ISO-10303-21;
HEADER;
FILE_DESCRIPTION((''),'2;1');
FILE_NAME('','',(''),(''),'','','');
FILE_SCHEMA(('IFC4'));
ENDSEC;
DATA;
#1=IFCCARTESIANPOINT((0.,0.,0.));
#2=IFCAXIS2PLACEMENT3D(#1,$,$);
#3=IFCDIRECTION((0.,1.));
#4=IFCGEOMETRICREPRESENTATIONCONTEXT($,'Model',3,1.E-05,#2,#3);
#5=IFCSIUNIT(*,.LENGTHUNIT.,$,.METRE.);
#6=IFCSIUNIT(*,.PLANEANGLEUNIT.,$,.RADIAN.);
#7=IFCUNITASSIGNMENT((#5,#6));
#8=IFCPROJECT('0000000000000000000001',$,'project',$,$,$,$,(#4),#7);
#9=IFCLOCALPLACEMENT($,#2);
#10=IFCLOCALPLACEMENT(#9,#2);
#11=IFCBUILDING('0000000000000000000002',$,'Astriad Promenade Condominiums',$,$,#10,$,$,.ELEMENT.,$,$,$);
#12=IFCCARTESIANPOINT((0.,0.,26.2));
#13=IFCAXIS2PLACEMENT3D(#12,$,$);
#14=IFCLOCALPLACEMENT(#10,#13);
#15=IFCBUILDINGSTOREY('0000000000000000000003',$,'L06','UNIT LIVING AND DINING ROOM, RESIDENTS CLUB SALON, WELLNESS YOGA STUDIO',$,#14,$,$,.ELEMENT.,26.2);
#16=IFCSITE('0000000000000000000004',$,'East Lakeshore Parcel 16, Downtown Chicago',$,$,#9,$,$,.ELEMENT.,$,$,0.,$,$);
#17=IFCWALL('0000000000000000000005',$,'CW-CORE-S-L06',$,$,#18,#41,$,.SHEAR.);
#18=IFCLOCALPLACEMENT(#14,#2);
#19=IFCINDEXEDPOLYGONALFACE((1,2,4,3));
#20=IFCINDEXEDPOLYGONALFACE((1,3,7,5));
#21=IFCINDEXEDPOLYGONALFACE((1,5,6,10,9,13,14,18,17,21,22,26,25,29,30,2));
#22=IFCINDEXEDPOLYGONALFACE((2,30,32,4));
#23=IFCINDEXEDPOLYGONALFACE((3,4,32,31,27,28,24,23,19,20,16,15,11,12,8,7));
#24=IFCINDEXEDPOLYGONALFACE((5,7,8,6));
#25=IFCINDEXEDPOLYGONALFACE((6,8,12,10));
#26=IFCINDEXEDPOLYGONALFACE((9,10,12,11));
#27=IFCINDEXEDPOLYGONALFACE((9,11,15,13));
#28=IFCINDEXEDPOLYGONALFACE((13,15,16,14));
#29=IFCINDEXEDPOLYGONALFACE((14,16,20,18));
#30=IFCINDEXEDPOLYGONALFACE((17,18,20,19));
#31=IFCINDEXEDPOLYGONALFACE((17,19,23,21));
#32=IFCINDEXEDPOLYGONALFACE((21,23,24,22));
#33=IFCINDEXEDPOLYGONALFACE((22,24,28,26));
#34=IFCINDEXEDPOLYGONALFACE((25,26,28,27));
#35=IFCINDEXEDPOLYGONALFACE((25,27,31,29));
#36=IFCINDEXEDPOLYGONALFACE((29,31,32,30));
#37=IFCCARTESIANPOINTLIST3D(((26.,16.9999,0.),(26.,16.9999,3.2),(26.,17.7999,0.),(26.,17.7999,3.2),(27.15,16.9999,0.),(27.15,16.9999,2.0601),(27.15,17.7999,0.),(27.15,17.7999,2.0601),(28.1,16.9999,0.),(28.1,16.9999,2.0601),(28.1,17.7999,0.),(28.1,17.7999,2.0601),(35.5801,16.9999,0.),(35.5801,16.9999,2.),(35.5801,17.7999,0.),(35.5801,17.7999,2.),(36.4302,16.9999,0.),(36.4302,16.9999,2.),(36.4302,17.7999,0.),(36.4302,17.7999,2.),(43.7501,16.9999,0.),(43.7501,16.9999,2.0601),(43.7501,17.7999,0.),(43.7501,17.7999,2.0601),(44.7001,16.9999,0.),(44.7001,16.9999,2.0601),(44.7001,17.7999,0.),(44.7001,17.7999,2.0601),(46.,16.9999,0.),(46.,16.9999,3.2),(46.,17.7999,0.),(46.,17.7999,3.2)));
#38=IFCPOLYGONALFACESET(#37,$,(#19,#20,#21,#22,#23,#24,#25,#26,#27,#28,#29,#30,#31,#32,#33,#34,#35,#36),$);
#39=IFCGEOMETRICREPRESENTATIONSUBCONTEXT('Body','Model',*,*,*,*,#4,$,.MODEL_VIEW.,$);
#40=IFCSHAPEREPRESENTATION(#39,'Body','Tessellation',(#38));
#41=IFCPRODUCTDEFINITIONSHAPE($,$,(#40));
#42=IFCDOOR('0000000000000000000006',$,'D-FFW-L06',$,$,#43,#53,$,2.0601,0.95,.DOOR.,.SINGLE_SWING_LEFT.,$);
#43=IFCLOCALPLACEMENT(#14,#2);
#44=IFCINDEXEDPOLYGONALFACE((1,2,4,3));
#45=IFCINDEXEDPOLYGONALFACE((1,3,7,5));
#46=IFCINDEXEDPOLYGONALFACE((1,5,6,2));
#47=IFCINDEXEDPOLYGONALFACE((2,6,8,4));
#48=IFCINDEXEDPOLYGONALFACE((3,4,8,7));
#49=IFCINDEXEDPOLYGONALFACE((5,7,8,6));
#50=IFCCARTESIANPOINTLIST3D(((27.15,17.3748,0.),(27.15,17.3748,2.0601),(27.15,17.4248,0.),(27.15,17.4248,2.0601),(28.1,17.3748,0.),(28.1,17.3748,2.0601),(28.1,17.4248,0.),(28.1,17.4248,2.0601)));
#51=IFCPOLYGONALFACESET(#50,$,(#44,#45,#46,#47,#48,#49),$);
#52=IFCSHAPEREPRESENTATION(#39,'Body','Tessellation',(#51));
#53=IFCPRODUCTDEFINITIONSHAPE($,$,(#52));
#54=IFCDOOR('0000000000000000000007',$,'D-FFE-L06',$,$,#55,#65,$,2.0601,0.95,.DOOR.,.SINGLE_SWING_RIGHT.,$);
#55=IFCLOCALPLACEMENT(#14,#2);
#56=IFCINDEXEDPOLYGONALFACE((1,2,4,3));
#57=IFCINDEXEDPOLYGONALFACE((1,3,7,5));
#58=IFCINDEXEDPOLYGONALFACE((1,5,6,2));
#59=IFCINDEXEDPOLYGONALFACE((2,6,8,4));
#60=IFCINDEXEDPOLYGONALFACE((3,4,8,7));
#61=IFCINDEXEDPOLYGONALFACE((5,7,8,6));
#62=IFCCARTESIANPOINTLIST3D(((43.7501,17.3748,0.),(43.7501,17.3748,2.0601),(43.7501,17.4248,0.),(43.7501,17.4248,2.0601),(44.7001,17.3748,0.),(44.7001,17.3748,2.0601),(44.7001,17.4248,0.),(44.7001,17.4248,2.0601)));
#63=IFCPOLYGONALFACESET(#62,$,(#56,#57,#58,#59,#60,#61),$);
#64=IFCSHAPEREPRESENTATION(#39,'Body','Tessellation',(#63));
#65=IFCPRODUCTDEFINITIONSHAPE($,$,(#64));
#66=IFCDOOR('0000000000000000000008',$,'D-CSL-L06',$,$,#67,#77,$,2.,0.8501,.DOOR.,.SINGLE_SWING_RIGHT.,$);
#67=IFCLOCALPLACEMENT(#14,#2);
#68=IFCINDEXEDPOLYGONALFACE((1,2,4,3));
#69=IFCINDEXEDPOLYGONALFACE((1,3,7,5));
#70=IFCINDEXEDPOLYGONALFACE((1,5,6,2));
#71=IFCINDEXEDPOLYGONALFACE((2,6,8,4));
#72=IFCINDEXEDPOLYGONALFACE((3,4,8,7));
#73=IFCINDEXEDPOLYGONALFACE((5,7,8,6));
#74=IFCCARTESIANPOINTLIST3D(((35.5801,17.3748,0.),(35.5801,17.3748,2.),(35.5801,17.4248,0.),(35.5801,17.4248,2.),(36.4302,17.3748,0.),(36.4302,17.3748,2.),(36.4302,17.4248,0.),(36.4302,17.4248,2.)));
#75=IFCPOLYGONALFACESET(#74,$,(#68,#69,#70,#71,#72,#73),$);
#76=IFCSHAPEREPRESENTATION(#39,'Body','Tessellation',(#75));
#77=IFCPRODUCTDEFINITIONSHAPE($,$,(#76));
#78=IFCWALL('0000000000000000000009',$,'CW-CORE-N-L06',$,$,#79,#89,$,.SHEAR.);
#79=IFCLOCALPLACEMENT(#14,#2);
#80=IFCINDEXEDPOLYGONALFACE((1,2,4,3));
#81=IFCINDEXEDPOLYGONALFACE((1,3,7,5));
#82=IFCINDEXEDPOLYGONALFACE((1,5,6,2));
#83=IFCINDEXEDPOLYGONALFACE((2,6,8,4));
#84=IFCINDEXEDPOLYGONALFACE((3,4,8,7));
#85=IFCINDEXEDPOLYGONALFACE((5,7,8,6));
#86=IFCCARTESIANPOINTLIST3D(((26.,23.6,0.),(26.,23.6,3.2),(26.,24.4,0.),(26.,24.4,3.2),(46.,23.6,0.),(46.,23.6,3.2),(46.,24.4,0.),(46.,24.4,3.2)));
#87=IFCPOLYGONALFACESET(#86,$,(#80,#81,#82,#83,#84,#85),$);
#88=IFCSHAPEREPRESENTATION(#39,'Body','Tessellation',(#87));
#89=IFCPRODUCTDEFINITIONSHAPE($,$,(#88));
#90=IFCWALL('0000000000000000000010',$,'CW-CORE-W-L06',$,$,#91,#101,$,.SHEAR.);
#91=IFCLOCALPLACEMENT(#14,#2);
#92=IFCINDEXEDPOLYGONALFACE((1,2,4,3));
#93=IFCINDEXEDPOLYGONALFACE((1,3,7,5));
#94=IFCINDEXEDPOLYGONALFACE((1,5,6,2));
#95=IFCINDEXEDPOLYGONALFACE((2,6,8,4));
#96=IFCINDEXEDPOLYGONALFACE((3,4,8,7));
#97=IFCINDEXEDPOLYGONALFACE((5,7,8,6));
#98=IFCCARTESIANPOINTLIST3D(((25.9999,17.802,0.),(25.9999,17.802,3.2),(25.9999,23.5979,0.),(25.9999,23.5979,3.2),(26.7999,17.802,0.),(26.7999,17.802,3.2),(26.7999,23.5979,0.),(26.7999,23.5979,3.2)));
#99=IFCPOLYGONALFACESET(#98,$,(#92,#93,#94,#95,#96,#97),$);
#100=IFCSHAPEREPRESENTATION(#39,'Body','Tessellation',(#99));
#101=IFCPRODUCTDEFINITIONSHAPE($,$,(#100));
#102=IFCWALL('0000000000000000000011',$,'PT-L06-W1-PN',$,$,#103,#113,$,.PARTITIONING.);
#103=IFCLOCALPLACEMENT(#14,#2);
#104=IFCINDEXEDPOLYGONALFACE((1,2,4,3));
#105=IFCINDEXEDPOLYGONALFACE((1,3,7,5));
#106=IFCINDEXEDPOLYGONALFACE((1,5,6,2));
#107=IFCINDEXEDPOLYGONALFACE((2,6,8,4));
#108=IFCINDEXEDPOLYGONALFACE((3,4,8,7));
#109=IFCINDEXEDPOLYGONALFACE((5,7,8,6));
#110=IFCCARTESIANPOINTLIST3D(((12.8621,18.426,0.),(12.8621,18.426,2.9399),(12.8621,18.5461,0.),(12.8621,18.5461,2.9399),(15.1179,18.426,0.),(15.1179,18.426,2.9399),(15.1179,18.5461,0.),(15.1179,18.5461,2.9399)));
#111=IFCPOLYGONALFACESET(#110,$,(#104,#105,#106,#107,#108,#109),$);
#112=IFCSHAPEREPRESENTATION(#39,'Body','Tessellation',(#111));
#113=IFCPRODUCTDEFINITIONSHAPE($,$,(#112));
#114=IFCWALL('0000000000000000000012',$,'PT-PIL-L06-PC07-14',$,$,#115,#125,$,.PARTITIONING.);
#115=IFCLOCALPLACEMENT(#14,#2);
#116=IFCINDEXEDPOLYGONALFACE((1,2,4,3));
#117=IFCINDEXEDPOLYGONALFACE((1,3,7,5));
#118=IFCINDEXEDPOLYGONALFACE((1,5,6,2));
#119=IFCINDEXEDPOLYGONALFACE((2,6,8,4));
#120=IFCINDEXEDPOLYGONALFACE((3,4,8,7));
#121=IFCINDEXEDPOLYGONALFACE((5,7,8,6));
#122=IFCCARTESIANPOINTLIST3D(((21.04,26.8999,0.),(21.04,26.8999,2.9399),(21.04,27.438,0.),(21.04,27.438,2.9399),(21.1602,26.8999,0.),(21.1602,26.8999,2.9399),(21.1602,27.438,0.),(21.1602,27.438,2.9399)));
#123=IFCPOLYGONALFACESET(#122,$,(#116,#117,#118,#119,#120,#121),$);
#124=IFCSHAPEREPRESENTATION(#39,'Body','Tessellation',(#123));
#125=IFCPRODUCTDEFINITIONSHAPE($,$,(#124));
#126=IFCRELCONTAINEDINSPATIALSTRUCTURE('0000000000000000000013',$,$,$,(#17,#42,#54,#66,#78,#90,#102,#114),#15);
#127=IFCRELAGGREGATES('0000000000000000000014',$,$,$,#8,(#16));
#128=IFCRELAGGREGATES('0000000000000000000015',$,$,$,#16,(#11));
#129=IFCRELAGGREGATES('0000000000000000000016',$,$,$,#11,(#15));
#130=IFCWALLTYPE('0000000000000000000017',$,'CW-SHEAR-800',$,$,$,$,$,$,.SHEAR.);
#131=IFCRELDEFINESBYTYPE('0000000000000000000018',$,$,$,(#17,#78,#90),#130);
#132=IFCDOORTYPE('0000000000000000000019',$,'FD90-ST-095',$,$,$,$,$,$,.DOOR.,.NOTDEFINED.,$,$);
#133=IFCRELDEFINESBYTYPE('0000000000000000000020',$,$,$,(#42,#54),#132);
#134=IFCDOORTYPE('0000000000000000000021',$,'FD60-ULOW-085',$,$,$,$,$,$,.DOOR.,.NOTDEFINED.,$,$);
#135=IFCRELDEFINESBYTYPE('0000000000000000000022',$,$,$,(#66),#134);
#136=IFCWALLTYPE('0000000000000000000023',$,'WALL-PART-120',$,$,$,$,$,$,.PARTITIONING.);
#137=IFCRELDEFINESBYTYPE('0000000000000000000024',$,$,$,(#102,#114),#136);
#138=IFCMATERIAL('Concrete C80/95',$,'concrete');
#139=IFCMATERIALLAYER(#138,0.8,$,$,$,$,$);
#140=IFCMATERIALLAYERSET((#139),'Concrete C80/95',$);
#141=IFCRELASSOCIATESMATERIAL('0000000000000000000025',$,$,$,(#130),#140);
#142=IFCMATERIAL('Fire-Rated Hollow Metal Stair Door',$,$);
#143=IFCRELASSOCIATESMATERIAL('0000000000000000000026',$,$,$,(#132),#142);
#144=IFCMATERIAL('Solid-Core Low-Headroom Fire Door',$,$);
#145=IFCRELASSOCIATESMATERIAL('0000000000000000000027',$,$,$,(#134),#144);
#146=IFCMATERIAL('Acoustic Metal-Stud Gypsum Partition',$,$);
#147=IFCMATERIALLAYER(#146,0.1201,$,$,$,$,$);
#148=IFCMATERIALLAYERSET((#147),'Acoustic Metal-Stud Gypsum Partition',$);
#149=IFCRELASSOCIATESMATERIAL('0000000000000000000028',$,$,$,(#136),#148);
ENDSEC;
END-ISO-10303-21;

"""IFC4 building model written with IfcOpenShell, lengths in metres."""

from ifc_helpers import new_model, si_unit, direction, frame, frame_2d, origin, place, context, subcontext, project, spatial, rectangle, extrude, source, transform, mapped, material, layer, layer_set, type_object, type_shapes, element, fill, save


model = new_model("IFC4")

# Units and contexts
model_context = context("Model", 3, precision=1e-05, world=origin(), true_north=direction((0.0, 1.0)))
body_context = subcontext(model_context, "Body", "Model", "MODEL_VIEW")
ifc_project = project(units=[si_unit("LENGTHUNIT", "METRE"), si_unit("PLANEANGLEUNIT", "RADIAN")], contexts=[model_context])

# Site, building, storey
site_placement = place(None, origin())
site = spatial("IfcSite", under=ifc_project, at=site_placement, Name="East Lakeshore Parcel 16, Downtown Chicago", CompositionType="ELEMENT", RefElevation=0.0)
building_placement = place(site_placement, origin())
building = spatial("IfcBuilding", under=site, at=building_placement, Name="Astriad Promenade Condominiums", CompositionType="ELEMENT")
storey_placement = place(building_placement, frame((0.0, 0.0, 26.2)))
storey = spatial("IfcBuildingStorey", under=building, at=storey_placement, Name="L06", Description="UNIT LIVING AND DINING ROOM, RESIDENTS CLUB SALON, WELLNESS YOGA STUDIO", CompositionType="ELEMENT", Elevation=26.2)

# Shared definitions
ifc_material_1 = material(Name="Concrete C80/95", Category="concrete")

# Wall, openings, doors
ifc_layer_1 = layer(ifc_material_1, 0.8)
ifc_layer_set_1 = layer_set([ifc_layer_1], Name="Concrete C80/95")
wall_type_1 = type_object("IfcWallType", Name="CW-SHEAR-800", PredefinedType="SHEAR", material=ifc_layer_set_1)
wall_1_placement = place(storey_placement, frame((26.0, 17.3999, 0.0), z_axis=(0.0, 0.0, 1.0), x_axis=(1.0, 0.0, 0.0)))
wall_1 = element("IfcWall", 1, at=wall_1_placement, inside=storey, type_object=wall_type_1, Name="CW-CORE-S-L06", PredefinedType="SHEAR", context=body_context, shape_type="SweptSolid", body=[
    extrude(rectangle(XDim=20.0, YDim=0.8, at=frame_2d((10.0, 0.0))), origin(), (0.0, 0.0, 1.0), 3.2),
])
opening_1_placement = place(wall_1_placement, frame((1.1499, 0.0, 0.0)))
opening_1 = element("IfcOpeningElement", 2, at=opening_1_placement, cuts=wall_1, PredefinedType="OPENING", context=body_context, shape_type="SweptSolid", body=[
    extrude(rectangle(XDim=0.95, YDim=2.0601, at=frame_2d((0.4751, 1.03))), frame((0.0, 0.4099, 0.0), z_axis=(0.0, -1.0, 0.0), x_axis=(1.0, 0.0, 0.0)), (0.0, 0.0, 1.0), 0.8201),
])
opening_2_placement = place(wall_1_placement, frame((9.5801, 0.0, 0.0)))
opening_2 = element("IfcOpeningElement", 3, at=opening_2_placement, cuts=wall_1, PredefinedType="OPENING", context=body_context, shape_type="SweptSolid", body=[
    extrude(rectangle(XDim=0.8501, YDim=2.0, at=frame_2d((0.425, 1.0))), frame((0.0, 0.4099, 0.0), z_axis=(0.0, -1.0, 0.0), x_axis=(1.0, 0.0, 0.0)), (0.0, 0.0, 1.0), 0.8201),
])
opening_3_placement = place(wall_1_placement, frame((17.75, 0.0, 0.0)))
opening_3 = element("IfcOpeningElement", 4, at=opening_3_placement, cuts=wall_1, PredefinedType="OPENING", context=body_context, shape_type="SweptSolid", body=[
    extrude(rectangle(XDim=0.95, YDim=2.0601, at=frame_2d((0.4751, 1.03))), frame((0.0, 0.4099, 0.0), z_axis=(0.0, -1.0, 0.0), x_axis=(1.0, 0.0, 0.0)), (0.0, 0.0, 1.0), 0.8201),
])
ifc_material_2 = material(Name="Fire-Rated Hollow Metal Stair Door")
door_type_1 = type_object("IfcDoorType", Name="FD90-ST-095", OperationType="NOTDEFINED", PredefinedType="DOOR", material=ifc_material_2)
shared_shape_1 = source(origin(), body_context, "Body", "SweptSolid", [
    extrude(rectangle(XDim=0.95, YDim=2.0601, at=frame_2d((0.4751, 1.03))), frame((0.0, 0.0249, 0.0), z_axis=(0.0, -1.0, 0.0), x_axis=(1.0, 0.0, 0.0)), (0.0, 0.0, 1.0), 0.05),
])
type_shapes(door_type_1, [shared_shape_1])
door_1_placement = place(opening_1_placement, origin())
door_1 = element("IfcDoor", 5, at=door_1_placement, inside=storey, type_object=door_type_1, Name="D-FFW-L06", OperationType="SINGLE_SWING_LEFT", OverallHeight=2.0601, OverallWidth=0.95, PredefinedType="DOOR", context=body_context, shape_type="MappedRepresentation", body=[
    mapped(shared_shape_1, transform((0.0, 0.0, 0.0), scale=1.0)),
])
fill(opening_1, door_1)
door_2_placement = place(opening_3_placement, origin())
door_2 = element("IfcDoor", 6, at=door_2_placement, inside=storey, type_object=door_type_1, Name="D-FFE-L06", OperationType="SINGLE_SWING_RIGHT", OverallHeight=2.0601, OverallWidth=0.95, PredefinedType="DOOR", context=body_context, shape_type="MappedRepresentation", body=[
    mapped(shared_shape_1, transform((0.0, 0.0, 0.0), scale=1.0)),
])
fill(opening_3, door_2)
ifc_material_3 = material(Name="Solid-Core Low-Headroom Fire Door")
door_type_2 = type_object("IfcDoorType", Name="FD60-ULOW-085", OperationType="NOTDEFINED", PredefinedType="DOOR", material=ifc_material_3)
shared_shape_2 = source(origin(), body_context, "Body", "SweptSolid", [
    extrude(rectangle(XDim=0.8501, YDim=2.0, at=frame_2d((0.425, 1.0))), frame((0.0, 0.0249, 0.0), z_axis=(0.0, -1.0, 0.0), x_axis=(1.0, 0.0, 0.0)), (0.0, 0.0, 1.0), 0.05),
])
type_shapes(door_type_2, [shared_shape_2])
door_3_placement = place(opening_2_placement, origin())
door_3 = element("IfcDoor", 7, at=door_3_placement, inside=storey, type_object=door_type_2, Name="D-CSL-L06", OperationType="SINGLE_SWING_RIGHT", OverallHeight=2.0, OverallWidth=0.8501, PredefinedType="DOOR", context=body_context, shape_type="MappedRepresentation", body=[
    mapped(shared_shape_2, transform((0.0, 0.0, 0.0), scale=1.0)),
])
fill(opening_2, door_3)

# Walls
wall_2_placement = place(storey_placement, frame((26.0, 24.0, 0.0), z_axis=(0.0, 0.0, 1.0), x_axis=(1.0, 0.0, 0.0)))
element("IfcWall", 8, at=wall_2_placement, inside=storey, type_object=wall_type_1, Name="CW-CORE-N-L06", PredefinedType="SHEAR", context=body_context, shape_type="SweptSolid", body=[
    extrude(rectangle(XDim=20.0, YDim=0.8, at=frame_2d((10.0, 0.0))), origin(), (0.0, 0.0, 1.0), 3.2),
])
wall_3_placement = place(storey_placement, frame((26.3999, 17.802, 0.0), z_axis=(0.0, 0.0, 1.0), x_axis=(0.0, 1.0, 0.0)))
element("IfcWall", 9, at=wall_3_placement, inside=storey, type_object=wall_type_1, Name="CW-CORE-W-L06", PredefinedType="SHEAR", context=body_context, shape_type="SweptSolid", body=[
    extrude(rectangle(XDim=5.7959, YDim=0.8, at=frame_2d((2.8979, 0.0))), origin(), (0.0, 0.0, 1.0), 3.2),
])
ifc_material_4 = material(Name="Acoustic Metal-Stud Gypsum Partition")
ifc_layer_2 = layer(ifc_material_4, 0.1201)
ifc_layer_set_2 = layer_set([ifc_layer_2], Name="Acoustic Metal-Stud Gypsum Partition")
wall_type_2 = type_object("IfcWallType", Name="WALL-PART-120", PredefinedType="PARTITIONING", material=ifc_layer_set_2)
wall_4_placement = place(storey_placement, frame((12.8621, 18.4861, 0.0), z_axis=(0.0, 0.0, 1.0), x_axis=(1.0, 0.0, 0.0)))
element("IfcWall", 10, at=wall_4_placement, inside=storey, type_object=wall_type_2, Name="PT-L06-W1-PN", PredefinedType="PARTITIONING", context=body_context, shape_type="SweptSolid", body=[
    extrude(rectangle(XDim=2.2559, YDim=0.1201, at=frame_2d((1.1279, 0.0))), origin(), (0.0, 0.0, 1.0), 2.9399),
])
wall_5_placement = place(storey_placement, frame((21.1001, 26.8999, 0.0), z_axis=(0.0, 0.0, 1.0), x_axis=(0.0, 1.0, 0.0)))
element("IfcWall", 11, at=wall_5_placement, inside=storey, type_object=wall_type_2, Name="PT-PIL-L06-PC07-14", PredefinedType="PARTITIONING", context=body_context, shape_type="SweptSolid", body=[
    extrude(rectangle(XDim=0.5381, YDim=0.1201, at=frame_2d((0.269, 0.0))), origin(), (0.0, 0.0, 1.0), 2.9399),
])

save(model, "model.ifc")
